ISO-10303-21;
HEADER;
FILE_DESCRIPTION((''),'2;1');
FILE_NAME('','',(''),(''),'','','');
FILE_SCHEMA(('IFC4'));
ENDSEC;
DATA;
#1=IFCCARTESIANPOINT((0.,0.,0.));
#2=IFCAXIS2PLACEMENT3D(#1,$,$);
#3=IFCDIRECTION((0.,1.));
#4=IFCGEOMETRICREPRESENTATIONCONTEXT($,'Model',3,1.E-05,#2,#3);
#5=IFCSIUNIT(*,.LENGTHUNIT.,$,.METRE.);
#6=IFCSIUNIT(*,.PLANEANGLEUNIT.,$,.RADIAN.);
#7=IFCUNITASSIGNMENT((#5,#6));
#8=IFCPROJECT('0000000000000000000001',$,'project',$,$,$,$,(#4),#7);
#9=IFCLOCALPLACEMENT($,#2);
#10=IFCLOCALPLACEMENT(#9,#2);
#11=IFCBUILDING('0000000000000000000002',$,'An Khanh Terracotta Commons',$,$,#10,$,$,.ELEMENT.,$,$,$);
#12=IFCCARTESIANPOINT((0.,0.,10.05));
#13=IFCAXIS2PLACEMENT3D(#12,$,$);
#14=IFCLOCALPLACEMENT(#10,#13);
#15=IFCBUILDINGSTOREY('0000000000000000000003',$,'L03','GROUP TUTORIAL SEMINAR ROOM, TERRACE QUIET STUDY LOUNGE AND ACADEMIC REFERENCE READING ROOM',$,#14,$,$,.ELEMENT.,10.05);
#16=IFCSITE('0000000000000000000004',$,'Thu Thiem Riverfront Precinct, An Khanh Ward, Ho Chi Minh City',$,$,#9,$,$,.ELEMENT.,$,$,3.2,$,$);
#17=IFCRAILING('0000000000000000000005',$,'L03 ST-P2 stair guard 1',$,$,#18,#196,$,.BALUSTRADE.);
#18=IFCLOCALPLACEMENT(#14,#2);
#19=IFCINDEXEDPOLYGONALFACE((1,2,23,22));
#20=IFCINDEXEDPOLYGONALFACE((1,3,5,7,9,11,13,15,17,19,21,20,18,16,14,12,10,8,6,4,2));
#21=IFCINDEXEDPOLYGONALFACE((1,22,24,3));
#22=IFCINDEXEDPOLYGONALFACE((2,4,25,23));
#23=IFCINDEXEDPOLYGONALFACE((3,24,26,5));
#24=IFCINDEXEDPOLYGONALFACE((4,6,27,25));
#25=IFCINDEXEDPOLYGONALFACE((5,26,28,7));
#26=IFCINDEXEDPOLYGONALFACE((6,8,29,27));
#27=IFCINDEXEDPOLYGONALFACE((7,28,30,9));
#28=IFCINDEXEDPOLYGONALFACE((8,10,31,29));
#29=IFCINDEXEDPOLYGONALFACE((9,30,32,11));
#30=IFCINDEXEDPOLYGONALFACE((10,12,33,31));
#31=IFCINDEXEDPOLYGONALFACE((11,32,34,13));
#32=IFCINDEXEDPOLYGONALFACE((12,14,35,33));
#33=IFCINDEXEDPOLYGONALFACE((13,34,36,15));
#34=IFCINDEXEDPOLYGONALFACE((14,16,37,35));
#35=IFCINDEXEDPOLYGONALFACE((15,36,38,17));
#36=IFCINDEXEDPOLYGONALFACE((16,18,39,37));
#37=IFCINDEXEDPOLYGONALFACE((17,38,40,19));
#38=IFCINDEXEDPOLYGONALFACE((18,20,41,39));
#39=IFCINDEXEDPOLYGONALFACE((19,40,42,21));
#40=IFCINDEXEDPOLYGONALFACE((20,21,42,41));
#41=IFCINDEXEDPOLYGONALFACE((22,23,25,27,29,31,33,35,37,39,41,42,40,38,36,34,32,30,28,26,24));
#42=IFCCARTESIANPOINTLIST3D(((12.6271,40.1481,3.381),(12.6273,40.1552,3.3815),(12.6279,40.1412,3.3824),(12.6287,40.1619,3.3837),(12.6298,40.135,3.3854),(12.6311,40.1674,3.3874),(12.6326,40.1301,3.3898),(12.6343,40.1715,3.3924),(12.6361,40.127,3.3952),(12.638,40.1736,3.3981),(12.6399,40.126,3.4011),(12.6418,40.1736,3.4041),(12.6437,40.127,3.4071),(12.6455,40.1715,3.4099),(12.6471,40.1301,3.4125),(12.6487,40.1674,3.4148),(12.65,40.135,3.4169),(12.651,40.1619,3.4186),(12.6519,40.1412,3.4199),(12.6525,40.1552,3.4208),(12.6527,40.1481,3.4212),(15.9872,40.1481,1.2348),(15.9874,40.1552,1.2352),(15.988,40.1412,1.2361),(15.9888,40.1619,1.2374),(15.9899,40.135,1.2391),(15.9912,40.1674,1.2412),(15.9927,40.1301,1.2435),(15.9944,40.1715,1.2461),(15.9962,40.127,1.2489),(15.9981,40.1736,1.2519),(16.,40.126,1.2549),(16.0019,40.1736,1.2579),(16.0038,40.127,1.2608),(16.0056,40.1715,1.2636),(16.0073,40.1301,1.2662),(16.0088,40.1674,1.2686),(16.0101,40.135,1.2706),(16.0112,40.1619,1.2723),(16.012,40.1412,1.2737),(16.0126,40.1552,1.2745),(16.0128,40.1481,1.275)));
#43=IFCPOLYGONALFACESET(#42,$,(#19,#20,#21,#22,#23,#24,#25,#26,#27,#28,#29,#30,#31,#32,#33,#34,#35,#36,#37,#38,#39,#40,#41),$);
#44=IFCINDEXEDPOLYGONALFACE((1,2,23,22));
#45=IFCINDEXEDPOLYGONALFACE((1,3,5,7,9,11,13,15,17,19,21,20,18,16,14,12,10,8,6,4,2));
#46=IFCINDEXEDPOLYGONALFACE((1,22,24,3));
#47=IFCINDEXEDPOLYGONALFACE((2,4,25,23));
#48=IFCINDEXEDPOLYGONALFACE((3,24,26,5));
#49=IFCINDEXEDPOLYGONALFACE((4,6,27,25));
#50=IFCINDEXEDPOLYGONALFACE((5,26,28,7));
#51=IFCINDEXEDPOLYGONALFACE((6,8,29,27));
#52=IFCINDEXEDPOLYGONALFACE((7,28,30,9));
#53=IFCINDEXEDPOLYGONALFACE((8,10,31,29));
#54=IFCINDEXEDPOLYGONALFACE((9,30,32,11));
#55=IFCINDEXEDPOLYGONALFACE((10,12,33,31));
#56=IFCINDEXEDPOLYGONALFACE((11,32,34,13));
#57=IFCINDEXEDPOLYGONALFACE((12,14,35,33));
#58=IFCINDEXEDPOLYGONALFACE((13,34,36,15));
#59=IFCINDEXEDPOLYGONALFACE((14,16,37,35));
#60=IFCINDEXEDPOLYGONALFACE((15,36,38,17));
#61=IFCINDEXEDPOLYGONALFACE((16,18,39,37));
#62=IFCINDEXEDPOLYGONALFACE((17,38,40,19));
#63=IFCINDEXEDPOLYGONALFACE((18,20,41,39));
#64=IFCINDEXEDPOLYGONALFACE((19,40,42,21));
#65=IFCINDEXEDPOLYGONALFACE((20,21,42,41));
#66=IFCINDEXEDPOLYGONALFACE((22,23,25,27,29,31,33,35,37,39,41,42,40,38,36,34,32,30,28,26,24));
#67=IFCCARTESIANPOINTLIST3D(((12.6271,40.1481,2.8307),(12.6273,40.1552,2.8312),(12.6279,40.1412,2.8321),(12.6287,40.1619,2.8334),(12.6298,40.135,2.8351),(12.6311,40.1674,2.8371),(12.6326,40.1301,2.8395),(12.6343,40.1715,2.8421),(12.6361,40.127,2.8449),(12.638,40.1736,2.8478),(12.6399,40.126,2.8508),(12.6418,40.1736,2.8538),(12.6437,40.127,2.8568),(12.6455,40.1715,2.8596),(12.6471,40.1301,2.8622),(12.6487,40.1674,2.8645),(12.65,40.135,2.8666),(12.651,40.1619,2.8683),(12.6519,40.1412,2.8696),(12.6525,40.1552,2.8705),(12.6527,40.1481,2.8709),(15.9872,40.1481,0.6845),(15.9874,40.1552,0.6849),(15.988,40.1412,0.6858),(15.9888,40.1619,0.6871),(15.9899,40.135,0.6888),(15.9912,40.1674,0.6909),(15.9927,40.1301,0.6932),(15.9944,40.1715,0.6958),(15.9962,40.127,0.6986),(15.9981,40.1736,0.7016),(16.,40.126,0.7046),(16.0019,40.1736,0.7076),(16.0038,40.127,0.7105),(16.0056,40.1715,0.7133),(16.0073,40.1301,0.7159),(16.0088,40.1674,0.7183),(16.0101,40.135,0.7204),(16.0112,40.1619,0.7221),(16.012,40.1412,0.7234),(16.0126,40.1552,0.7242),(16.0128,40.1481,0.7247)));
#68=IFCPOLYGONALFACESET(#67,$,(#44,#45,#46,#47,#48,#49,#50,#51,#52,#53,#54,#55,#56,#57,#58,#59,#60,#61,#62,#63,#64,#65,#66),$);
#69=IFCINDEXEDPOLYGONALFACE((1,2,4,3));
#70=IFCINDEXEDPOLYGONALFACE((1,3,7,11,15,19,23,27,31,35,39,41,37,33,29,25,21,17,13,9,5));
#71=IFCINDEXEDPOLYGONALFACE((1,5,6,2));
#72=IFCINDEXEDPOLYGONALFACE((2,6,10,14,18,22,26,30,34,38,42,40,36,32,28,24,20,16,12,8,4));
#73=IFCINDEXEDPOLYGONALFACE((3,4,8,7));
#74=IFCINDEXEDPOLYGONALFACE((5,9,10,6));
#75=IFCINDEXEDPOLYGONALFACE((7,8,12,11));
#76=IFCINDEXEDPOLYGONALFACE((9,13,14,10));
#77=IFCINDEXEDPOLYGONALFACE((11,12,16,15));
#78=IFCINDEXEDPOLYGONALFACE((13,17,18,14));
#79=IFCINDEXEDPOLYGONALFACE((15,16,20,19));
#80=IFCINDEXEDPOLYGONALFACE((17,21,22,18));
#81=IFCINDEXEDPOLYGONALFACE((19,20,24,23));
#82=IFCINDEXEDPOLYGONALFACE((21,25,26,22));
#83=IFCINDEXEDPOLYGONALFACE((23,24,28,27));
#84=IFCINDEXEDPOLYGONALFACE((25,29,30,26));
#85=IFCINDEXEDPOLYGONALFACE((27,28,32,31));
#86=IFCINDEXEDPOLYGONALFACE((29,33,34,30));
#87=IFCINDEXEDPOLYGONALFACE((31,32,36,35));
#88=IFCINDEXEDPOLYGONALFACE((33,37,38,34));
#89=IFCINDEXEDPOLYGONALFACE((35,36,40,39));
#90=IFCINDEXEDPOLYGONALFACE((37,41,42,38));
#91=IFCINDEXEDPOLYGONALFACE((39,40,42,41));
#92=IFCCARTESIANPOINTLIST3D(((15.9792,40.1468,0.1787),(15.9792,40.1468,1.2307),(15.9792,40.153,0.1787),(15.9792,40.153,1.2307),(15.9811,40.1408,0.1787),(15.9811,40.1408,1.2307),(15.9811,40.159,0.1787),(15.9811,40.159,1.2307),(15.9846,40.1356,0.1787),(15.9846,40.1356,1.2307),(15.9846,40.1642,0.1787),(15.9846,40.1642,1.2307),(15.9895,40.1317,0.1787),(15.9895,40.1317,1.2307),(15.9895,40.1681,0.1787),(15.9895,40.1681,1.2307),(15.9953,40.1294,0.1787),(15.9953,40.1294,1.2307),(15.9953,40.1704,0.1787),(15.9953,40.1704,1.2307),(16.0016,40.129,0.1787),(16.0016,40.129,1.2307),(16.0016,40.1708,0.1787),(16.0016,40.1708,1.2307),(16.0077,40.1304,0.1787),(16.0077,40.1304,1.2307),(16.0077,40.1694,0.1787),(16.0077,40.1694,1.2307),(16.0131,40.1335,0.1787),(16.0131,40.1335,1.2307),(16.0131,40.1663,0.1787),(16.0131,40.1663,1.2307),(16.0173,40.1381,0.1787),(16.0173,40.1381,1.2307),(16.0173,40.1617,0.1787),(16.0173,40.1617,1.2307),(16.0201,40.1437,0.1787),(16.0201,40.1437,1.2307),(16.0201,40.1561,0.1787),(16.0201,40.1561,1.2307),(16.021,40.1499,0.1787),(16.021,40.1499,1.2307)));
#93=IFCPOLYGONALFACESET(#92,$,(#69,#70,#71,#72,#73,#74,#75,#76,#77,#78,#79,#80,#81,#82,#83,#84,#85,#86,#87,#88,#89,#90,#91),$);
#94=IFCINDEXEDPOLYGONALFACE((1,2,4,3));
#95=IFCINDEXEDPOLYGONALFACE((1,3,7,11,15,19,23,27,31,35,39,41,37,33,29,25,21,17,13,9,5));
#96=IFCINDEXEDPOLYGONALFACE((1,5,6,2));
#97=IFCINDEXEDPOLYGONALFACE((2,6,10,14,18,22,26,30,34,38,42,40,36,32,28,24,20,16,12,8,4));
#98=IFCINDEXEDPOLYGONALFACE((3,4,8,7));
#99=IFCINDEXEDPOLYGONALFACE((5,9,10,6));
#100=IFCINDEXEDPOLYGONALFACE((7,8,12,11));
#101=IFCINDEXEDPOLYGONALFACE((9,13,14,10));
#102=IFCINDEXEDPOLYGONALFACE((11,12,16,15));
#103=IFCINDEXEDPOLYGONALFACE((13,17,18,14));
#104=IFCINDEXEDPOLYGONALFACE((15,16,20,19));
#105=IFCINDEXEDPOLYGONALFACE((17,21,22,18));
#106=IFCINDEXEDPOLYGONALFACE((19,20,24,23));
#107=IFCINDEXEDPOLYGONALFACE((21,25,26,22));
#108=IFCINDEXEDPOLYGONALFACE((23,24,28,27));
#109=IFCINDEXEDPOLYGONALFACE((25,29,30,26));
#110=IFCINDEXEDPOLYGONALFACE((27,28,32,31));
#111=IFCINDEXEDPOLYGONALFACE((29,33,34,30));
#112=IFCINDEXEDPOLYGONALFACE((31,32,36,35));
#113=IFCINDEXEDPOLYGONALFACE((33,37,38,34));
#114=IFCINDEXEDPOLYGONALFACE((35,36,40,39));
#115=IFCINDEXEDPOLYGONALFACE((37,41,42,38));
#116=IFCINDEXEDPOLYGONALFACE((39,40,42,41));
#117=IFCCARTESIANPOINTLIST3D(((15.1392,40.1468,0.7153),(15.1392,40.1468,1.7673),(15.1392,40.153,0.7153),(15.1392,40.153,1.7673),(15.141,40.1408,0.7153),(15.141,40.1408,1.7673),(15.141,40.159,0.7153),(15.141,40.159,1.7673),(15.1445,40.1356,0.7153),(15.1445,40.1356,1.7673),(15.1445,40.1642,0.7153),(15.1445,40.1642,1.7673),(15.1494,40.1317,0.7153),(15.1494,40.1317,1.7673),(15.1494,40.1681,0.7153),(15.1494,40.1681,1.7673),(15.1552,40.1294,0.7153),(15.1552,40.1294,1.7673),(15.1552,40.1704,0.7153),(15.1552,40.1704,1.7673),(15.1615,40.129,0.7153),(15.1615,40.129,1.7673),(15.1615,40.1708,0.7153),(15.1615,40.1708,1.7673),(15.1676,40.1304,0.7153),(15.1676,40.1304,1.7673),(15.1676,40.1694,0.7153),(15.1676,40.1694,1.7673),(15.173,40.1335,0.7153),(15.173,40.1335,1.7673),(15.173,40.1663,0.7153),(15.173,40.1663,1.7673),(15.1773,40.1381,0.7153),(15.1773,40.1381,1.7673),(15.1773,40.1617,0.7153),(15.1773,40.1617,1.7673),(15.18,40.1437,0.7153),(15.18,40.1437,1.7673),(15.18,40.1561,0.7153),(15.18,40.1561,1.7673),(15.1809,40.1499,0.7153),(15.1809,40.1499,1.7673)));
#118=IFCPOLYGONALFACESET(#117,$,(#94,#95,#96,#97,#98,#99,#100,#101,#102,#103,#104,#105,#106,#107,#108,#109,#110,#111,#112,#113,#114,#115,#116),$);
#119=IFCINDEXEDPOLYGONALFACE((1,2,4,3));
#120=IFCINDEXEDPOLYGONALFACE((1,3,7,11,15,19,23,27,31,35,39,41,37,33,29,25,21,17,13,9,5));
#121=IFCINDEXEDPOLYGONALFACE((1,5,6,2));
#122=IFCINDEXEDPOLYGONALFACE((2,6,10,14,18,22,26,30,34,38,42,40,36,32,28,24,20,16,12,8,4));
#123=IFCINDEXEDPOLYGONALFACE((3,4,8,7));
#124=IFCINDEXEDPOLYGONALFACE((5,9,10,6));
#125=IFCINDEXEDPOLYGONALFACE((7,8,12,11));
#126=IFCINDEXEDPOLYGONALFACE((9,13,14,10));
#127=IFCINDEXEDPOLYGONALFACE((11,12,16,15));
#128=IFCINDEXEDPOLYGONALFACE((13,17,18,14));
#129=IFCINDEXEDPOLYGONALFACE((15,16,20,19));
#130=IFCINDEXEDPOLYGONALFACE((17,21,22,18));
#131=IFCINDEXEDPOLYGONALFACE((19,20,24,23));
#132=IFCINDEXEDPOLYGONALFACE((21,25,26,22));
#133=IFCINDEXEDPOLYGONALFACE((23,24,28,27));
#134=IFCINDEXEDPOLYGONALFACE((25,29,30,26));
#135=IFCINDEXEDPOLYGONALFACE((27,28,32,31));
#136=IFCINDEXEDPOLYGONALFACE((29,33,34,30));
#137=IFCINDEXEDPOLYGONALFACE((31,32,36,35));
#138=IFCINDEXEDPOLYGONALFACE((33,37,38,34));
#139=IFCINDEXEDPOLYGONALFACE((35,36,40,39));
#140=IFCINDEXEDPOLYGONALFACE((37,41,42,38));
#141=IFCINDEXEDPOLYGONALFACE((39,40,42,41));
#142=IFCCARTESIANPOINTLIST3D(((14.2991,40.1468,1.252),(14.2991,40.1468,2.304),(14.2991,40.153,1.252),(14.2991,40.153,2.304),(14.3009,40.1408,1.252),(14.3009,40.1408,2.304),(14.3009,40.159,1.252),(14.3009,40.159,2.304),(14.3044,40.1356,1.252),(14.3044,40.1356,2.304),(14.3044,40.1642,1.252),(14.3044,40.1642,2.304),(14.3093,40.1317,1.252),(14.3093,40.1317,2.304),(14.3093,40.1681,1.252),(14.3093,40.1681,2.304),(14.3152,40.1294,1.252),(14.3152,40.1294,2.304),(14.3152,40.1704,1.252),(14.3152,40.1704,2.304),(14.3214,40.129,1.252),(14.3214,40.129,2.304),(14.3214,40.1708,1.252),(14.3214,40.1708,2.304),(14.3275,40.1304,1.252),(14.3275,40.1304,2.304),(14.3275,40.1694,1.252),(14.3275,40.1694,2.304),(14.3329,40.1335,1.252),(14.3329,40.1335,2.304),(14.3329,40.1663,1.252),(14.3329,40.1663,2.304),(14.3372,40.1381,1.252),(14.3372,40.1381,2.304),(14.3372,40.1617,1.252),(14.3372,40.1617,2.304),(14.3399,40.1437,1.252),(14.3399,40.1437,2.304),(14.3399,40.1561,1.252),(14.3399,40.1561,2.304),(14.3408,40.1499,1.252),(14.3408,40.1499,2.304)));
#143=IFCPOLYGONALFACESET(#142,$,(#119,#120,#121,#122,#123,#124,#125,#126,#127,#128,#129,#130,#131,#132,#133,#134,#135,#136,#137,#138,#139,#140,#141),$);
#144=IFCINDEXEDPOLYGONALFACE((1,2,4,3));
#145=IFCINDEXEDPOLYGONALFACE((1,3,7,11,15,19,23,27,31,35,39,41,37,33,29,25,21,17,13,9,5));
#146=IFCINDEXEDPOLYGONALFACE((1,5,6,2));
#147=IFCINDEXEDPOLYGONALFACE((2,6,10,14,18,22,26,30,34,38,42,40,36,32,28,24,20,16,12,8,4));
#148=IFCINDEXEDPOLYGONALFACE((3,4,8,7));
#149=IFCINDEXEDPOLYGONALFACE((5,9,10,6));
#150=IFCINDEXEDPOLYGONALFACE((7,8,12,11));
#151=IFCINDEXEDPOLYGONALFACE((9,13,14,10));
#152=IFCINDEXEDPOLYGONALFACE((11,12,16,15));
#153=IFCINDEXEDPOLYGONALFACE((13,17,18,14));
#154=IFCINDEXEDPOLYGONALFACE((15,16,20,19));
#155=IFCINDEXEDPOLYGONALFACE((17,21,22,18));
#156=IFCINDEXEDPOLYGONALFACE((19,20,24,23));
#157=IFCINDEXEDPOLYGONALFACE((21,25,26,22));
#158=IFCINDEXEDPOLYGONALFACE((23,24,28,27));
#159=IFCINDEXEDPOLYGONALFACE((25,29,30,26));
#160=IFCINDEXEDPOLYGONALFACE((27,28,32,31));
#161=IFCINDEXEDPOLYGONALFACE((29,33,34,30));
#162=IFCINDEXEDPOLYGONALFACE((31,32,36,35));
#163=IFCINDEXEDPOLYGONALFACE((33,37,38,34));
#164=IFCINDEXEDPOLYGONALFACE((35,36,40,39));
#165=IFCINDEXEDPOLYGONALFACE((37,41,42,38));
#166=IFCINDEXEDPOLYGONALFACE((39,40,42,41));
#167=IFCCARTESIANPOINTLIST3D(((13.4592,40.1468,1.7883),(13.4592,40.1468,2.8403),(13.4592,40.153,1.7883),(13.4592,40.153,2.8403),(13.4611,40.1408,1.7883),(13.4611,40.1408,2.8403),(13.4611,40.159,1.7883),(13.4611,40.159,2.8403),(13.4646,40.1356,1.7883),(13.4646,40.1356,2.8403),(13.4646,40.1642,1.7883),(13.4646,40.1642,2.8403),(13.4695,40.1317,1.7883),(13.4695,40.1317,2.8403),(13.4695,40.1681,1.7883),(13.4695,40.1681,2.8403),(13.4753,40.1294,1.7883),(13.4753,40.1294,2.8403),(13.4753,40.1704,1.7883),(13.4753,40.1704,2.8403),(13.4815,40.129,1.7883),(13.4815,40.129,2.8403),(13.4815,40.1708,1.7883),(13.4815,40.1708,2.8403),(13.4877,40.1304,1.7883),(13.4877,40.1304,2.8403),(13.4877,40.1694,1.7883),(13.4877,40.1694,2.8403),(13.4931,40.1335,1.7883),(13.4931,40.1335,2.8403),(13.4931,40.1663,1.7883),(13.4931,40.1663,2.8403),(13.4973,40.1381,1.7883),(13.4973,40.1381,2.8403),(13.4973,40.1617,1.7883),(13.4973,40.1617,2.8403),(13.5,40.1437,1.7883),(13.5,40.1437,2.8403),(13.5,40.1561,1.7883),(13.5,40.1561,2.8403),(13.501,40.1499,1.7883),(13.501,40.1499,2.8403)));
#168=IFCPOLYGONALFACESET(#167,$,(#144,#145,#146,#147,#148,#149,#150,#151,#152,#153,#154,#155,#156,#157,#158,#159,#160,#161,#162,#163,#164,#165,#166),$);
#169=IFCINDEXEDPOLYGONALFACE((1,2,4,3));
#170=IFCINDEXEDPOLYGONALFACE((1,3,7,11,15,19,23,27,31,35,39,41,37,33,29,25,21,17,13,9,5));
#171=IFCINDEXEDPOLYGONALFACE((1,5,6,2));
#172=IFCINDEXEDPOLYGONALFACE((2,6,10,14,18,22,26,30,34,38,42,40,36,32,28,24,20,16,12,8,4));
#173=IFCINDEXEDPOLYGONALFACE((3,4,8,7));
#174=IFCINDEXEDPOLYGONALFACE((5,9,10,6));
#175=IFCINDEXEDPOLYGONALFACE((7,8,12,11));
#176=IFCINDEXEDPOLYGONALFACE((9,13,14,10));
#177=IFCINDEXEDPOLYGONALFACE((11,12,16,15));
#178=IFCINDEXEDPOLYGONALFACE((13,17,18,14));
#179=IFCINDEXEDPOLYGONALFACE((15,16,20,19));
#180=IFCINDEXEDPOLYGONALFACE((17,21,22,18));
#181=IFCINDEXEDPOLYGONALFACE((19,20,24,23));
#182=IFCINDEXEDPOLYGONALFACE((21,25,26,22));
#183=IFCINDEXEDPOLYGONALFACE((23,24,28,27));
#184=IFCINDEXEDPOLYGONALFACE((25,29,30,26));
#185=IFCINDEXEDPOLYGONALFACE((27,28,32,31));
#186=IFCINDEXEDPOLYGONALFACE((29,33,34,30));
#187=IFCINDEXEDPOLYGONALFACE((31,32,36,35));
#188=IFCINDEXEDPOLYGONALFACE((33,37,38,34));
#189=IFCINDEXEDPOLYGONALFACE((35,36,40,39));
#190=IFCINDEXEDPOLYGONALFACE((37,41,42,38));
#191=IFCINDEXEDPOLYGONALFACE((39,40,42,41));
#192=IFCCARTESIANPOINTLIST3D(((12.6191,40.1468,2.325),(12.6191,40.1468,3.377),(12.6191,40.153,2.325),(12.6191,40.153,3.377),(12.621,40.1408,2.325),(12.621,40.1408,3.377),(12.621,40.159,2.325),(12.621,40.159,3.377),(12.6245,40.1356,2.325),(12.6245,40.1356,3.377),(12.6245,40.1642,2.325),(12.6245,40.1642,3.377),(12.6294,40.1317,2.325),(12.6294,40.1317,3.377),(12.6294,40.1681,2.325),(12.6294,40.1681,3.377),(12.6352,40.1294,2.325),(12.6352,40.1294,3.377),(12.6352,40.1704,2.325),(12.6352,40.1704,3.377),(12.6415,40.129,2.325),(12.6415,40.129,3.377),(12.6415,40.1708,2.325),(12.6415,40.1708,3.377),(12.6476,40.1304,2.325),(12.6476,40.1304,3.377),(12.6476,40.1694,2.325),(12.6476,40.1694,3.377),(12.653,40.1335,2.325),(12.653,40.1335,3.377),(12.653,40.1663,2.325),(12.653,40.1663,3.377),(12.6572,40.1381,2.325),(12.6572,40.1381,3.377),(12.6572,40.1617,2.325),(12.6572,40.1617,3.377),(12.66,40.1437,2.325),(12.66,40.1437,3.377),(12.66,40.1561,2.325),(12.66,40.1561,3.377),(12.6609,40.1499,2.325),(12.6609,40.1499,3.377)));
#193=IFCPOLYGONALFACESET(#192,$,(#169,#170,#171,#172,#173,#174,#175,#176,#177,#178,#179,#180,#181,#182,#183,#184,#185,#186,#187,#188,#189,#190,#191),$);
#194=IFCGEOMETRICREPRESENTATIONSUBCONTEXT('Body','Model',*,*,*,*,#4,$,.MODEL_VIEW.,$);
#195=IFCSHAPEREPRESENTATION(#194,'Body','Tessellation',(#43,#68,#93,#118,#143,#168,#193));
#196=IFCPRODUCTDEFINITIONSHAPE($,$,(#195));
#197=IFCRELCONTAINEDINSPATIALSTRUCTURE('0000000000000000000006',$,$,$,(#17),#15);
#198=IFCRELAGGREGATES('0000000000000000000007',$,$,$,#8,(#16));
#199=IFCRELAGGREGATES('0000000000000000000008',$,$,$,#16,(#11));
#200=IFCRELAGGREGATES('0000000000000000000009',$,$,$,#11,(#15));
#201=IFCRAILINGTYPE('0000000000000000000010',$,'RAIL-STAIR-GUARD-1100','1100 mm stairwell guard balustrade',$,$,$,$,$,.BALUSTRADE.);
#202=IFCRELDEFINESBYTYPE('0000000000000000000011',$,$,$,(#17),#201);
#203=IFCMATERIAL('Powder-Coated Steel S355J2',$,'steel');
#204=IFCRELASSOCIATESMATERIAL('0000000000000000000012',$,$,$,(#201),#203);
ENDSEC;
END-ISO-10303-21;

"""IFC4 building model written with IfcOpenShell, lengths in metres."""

from ifc_helpers import new_model, si_unit, direction, frame, origin, origin_2d, place, context, subcontext, project, spatial, circle, extrude, material, type_object, element, save


model = new_model("IFC4")

# Units and contexts
model_context = context("Model", 3, precision=1e-05, world=origin(), true_north=direction((0.0, 1.0)))
body_context = subcontext(model_context, "Body", "Model", "MODEL_VIEW")
ifc_project = project(units=[si_unit("LENGTHUNIT", "METRE"), si_unit("PLANEANGLEUNIT", "RADIAN")], contexts=[model_context])

# Site, building, storey
site_placement = place(None, origin())
site = spatial("IfcSite", under=ifc_project, at=site_placement, Name="Thu Thiem Riverfront Precinct, An Khanh Ward, Ho Chi Minh City", CompositionType="ELEMENT", RefElevation=3.2)
building_placement = place(site_placement, origin())
building = spatial("IfcBuilding", under=site, at=building_placement, Name="An Khanh Terracotta Commons", CompositionType="ELEMENT")
storey_placement = place(building_placement, frame((0.0, 0.0, 10.05)))
storey = spatial("IfcBuildingStorey", under=building, at=storey_placement, Name="L03", Description="GROUP TUTORIAL SEMINAR ROOM, TERRACE QUIET STUDY LOUNGE AND ACADEMIC REFERENCE READING ROOM", CompositionType="ELEMENT", Elevation=10.05)

# Railing
ifc_material_1 = material(Name="Powder-Coated Steel S355J2", Category="steel")
railing_type_1 = type_object("IfcRailingType", Name="RAIL-STAIR-GUARD-1100", Description="1100 mm stairwell guard balustrade", PredefinedType="BALUSTRADE", material=ifc_material_1)
railing_1_placement = place(storey_placement, frame((16.0, 40.1499, 0.1787)))
element("IfcRailing", 1, at=railing_1_placement, inside=storey, type_object=railing_type_1, Name="L03 ST-P2 stair guard 1", PredefinedType="BALUSTRADE", context=body_context, shape_type="SweptSolid", body=[
    extrude(circle(Radius=0.0239, at=origin_2d()), frame((0.0, 0.0, 1.0762), z_axis=(-0.842753, 0.0, 0.538301), x_axis=(0.0, -1.0, 0.0)), (0.0, 0.0, 1.0), 3.9871),
    extrude(circle(Radius=0.0239, at=origin_2d()), frame((0.0, 0.0, 0.5259), z_axis=(-0.842753, 0.0, 0.538301), x_axis=(0.0, -1.0, 0.0)), (0.0, 0.0, 1.0), 3.9871),
    extrude(circle(Radius=0.021, at=origin_2d()), origin(), (0.0, 0.0, 1.0), 1.052),
    extrude(circle(Radius=0.021, at=origin_2d()), frame((-0.8401, 0.0, 0.5366)), (0.0, 0.0, 1.0), 1.052),
    extrude(circle(Radius=0.021, at=origin_2d()), frame((-1.6802, 0.0, 1.0732)), (0.0, 0.0, 1.0), 1.052),
    extrude(circle(Radius=0.021, at=origin_2d()), frame((-2.52, 0.0, 1.6096)), (0.0, 0.0, 1.0), 1.052),
    extrude(circle(Radius=0.021, at=origin_2d()), frame((-3.3601, 0.0, 2.1462)), (0.0, 0.0, 1.0), 1.052),
])

save(model, "model.ifc")
